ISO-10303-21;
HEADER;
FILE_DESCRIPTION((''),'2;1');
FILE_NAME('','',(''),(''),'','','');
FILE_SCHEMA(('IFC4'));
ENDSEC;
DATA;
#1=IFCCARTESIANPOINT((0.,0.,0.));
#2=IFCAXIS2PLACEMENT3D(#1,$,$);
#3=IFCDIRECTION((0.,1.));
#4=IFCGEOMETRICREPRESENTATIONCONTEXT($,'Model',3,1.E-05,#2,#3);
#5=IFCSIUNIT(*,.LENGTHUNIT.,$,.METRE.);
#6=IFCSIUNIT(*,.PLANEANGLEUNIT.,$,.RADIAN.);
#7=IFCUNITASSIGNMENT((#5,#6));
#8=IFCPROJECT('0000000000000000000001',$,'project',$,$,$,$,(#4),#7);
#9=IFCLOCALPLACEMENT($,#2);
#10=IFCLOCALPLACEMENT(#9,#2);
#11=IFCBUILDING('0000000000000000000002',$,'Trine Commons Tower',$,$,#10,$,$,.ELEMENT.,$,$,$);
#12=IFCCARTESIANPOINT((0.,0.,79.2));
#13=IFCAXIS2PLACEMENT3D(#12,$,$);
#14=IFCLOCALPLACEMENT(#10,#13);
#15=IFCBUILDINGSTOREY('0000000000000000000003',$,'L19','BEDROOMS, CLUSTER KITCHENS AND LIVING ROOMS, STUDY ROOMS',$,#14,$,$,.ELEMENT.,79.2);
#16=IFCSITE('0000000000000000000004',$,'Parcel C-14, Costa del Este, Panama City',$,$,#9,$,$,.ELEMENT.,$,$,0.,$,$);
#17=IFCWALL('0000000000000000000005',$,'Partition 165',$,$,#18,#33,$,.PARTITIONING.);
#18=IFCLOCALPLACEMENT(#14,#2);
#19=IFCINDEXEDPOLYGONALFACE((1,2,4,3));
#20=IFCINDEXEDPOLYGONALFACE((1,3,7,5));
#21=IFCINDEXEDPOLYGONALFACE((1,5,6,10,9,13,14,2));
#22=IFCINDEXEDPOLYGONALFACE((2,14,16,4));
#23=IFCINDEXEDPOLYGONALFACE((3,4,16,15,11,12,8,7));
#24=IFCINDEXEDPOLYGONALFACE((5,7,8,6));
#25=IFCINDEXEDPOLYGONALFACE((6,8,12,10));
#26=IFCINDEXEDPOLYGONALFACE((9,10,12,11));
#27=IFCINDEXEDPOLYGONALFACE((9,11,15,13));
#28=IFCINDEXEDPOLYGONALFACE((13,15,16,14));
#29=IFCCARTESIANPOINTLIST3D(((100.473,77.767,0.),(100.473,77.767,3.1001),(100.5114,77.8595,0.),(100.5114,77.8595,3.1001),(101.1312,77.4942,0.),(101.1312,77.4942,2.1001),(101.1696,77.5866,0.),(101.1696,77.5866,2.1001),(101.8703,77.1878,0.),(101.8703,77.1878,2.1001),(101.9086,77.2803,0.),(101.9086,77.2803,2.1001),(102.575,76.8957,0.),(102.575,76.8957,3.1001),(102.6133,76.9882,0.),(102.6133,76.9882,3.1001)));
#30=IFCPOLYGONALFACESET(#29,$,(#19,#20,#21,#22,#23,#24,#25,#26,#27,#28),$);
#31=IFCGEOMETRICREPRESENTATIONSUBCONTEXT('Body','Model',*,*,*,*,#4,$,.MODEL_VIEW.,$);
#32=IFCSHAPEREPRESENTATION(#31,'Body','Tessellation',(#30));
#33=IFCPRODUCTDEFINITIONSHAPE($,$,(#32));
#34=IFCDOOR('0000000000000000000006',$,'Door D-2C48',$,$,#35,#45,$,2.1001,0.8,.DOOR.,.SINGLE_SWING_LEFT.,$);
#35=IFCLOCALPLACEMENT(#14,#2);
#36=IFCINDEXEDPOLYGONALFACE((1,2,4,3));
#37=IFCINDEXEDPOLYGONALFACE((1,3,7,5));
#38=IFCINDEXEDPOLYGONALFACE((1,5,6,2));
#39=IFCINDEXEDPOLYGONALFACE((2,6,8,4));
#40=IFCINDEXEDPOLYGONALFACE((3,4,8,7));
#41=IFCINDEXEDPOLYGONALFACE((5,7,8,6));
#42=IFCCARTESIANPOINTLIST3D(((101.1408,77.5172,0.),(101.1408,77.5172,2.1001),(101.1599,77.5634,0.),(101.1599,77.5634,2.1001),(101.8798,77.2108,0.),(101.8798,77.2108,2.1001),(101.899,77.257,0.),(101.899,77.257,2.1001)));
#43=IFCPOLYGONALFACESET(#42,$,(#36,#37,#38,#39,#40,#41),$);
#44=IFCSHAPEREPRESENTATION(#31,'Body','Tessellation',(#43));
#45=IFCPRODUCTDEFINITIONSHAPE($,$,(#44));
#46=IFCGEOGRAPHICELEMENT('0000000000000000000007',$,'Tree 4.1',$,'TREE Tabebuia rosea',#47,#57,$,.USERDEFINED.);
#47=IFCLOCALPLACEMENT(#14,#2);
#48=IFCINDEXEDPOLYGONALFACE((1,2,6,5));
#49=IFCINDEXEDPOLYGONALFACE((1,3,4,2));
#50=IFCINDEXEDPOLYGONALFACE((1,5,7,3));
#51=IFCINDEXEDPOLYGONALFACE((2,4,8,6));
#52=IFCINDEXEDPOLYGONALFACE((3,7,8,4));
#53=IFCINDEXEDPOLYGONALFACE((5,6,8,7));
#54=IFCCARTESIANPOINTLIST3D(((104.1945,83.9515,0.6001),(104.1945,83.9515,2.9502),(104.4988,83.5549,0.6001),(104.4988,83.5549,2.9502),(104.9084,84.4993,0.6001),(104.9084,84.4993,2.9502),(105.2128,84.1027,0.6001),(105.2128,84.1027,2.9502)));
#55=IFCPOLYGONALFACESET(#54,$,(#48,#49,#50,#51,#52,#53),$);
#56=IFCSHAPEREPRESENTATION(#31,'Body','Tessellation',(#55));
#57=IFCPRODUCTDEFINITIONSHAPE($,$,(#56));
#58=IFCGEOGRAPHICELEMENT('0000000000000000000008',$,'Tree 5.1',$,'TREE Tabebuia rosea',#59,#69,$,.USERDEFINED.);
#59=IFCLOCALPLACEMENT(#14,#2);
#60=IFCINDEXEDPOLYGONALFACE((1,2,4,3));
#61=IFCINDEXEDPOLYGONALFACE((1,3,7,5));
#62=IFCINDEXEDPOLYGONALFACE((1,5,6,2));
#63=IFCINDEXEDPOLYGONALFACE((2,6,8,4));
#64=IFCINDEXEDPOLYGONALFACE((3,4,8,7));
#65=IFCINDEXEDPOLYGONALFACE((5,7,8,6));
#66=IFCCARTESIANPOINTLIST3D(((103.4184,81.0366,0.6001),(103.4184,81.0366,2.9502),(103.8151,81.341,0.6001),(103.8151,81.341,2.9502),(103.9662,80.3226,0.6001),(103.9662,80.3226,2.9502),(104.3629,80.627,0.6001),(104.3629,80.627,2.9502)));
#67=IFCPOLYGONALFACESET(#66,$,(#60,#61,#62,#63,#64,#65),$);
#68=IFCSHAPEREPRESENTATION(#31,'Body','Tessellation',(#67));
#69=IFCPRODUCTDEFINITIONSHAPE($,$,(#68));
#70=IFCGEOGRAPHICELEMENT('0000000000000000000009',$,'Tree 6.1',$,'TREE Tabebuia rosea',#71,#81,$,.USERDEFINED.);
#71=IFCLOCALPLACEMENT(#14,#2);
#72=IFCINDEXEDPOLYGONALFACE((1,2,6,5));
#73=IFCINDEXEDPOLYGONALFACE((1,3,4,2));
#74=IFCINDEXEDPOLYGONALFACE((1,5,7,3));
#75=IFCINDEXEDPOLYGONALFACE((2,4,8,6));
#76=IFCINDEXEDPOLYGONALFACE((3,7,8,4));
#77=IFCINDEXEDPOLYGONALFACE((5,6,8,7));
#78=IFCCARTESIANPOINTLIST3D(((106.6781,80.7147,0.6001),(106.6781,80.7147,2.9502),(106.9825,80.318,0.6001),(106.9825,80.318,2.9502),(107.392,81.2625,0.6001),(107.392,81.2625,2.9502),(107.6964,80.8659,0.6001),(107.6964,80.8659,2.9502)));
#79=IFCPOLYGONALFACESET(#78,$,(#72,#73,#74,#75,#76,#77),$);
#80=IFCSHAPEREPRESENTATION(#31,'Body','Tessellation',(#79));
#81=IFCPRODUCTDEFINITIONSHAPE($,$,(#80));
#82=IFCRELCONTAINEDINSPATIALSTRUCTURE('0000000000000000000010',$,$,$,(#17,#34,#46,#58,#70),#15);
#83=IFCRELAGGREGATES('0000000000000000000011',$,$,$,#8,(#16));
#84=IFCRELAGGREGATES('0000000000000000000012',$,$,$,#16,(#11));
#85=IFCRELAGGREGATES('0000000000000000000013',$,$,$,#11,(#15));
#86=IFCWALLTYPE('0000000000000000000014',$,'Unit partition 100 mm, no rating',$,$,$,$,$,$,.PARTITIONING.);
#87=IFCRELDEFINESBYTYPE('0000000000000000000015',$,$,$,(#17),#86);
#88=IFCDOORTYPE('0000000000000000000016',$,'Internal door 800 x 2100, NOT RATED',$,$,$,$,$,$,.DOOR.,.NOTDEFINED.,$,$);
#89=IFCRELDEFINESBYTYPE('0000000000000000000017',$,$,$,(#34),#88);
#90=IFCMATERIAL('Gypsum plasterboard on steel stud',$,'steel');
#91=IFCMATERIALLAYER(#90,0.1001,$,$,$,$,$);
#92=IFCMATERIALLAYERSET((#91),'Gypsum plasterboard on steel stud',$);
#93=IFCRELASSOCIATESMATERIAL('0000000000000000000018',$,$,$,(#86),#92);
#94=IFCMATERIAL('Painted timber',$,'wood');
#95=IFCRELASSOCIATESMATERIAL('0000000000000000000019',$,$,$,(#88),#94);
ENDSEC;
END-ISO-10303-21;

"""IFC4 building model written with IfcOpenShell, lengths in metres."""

from ifc_helpers import new_model, si_unit, direction, frame, frame_2d, origin, origin_2d, place, context, subcontext, project, spatial, rectangle, extrude, material, layer, layer_set, type_object, element, fill, save


model = new_model("IFC4")

# Units and contexts
model_context = context("Model", 3, precision=1e-05, world=origin(), true_north=direction((0.0, 1.0)))
body_context = subcontext(model_context, "Body", "Model", "MODEL_VIEW")
ifc_project = project(units=[si_unit("LENGTHUNIT", "METRE"), si_unit("PLANEANGLEUNIT", "RADIAN")], contexts=[model_context])

# Site, building, storey
site_placement = place(None, origin())
site = spatial("IfcSite", under=ifc_project, at=site_placement, Name="Parcel C-14, Costa del Este, Panama City", CompositionType="ELEMENT", RefElevation=0.0)
building_placement = place(site_placement, origin())
building = spatial("IfcBuilding", under=site, at=building_placement, Name="Trine Commons Tower", CompositionType="ELEMENT")
storey_placement = place(building_placement, frame((0.0, 0.0, 79.2)))
storey = spatial("IfcBuildingStorey", under=building, at=storey_placement, Name="L19", Description="BEDROOMS, CLUSTER KITCHENS AND LIVING ROOMS, STUDY ROOMS", CompositionType="ELEMENT", Elevation=79.2)

# Shared definitions
ifc_material_1 = material(Name="Gypsum plasterboard on steel stud", Category="steel")

# Wall, opening, door
ifc_layer_1 = layer(ifc_material_1, 0.1001)
ifc_layer_set_1 = layer_set([ifc_layer_1], Name="Gypsum plasterboard on steel stud")
wall_type_1 = type_object("IfcWallType", Name="Unit partition 100 mm, no rating", PredefinedType="PARTITIONING", material=ifc_layer_set_1)
wall_1_placement = place(storey_placement, frame((100.4922, 77.8132, 0.0), z_axis=(0.0, 0.0, 1.0), x_axis=(0.92378, -0.382923, 0.0)))
wall_1 = element("IfcWall", 1, at=wall_1_placement, inside=storey, type_object=wall_type_1, Name="Partition 165", PredefinedType="PARTITIONING", context=body_context, shape_type="SweptSolid", body=[
    extrude(rectangle(XDim=2.2754, YDim=0.1001, at=frame_2d((1.1377, 0.0))), origin(), (0.0, 0.0, 1.0), 3.1001),
])
opening_1_placement = place(wall_1_placement, frame((0.7126, 0.0, 0.0)))
opening_1 = element("IfcOpeningElement", 2, at=opening_1_placement, cuts=wall_1, PredefinedType="OPENING", context=body_context, shape_type="SweptSolid", body=[
    extrude(rectangle(XDim=0.8, YDim=2.1001, at=frame_2d((0.3999, 1.05))), frame((0.0, 0.0601, 0.0), z_axis=(0.0, -1.0, 0.0), x_axis=(1.0, 0.0, 0.0)), (0.0, 0.0, 1.0), 0.1201),
])
ifc_material_2 = material(Name="Painted timber", Category="wood")
door_type_1 = type_object("IfcDoorType", Name="Internal door 800 x 2100, NOT RATED", OperationType="NOTDEFINED", PredefinedType="DOOR", material=ifc_material_2)
door_1_placement = place(opening_1_placement, origin())
door_1 = element("IfcDoor", 3, at=door_1_placement, inside=storey, type_object=door_type_1, Name="Door D-2C48", OperationType="SINGLE_SWING_LEFT", OverallHeight=2.1001, OverallWidth=0.8, PredefinedType="DOOR", context=body_context, shape_type="SweptSolid", body=[
    extrude(rectangle(XDim=0.8, YDim=2.1001, at=frame_2d((0.3999, 1.05))), frame((0.0, 0.0249, 0.0), z_axis=(0.0, -1.0, 0.0), x_axis=(1.0, 0.0, 0.0)), (0.0, 0.0, 1.0), 0.05),
])
fill(opening_1, door_1)

# Geographic elements
for number, where, z_axis, x_axis, name in (
    (4, (104.7036, 84.0271, 0.6001), (0.0, 0.0, 1.0), (-0.793359, -0.608755, 0.0), "Tree 4.1"),
    (5, (103.8906, 80.8318, 0.6001), (0.0, 0.0, 1.0), (0.608735, -0.793374, 0.0), "Tree 5.1"),
    (6, (107.1873, 80.7903, 0.6001), (0.0, 0.0, 1.0), (0.793359, 0.608755, 0.0), "Tree 6.1"),
):
    element("IfcGeographicElement", number, at=place(storey_placement, frame(where, z_axis=z_axis, x_axis=x_axis)), inside=storey, Name=name, ObjectType="TREE Tabebuia rosea", PredefinedType="USERDEFINED", context=body_context, shape_type="SweptSolid", body=[
        extrude(rectangle(XDim=0.8999, YDim=0.5, at=origin_2d()), origin(), (0.0, 0.0, 1.0), 2.3501),
    ])

save(model, "model.ifc")
